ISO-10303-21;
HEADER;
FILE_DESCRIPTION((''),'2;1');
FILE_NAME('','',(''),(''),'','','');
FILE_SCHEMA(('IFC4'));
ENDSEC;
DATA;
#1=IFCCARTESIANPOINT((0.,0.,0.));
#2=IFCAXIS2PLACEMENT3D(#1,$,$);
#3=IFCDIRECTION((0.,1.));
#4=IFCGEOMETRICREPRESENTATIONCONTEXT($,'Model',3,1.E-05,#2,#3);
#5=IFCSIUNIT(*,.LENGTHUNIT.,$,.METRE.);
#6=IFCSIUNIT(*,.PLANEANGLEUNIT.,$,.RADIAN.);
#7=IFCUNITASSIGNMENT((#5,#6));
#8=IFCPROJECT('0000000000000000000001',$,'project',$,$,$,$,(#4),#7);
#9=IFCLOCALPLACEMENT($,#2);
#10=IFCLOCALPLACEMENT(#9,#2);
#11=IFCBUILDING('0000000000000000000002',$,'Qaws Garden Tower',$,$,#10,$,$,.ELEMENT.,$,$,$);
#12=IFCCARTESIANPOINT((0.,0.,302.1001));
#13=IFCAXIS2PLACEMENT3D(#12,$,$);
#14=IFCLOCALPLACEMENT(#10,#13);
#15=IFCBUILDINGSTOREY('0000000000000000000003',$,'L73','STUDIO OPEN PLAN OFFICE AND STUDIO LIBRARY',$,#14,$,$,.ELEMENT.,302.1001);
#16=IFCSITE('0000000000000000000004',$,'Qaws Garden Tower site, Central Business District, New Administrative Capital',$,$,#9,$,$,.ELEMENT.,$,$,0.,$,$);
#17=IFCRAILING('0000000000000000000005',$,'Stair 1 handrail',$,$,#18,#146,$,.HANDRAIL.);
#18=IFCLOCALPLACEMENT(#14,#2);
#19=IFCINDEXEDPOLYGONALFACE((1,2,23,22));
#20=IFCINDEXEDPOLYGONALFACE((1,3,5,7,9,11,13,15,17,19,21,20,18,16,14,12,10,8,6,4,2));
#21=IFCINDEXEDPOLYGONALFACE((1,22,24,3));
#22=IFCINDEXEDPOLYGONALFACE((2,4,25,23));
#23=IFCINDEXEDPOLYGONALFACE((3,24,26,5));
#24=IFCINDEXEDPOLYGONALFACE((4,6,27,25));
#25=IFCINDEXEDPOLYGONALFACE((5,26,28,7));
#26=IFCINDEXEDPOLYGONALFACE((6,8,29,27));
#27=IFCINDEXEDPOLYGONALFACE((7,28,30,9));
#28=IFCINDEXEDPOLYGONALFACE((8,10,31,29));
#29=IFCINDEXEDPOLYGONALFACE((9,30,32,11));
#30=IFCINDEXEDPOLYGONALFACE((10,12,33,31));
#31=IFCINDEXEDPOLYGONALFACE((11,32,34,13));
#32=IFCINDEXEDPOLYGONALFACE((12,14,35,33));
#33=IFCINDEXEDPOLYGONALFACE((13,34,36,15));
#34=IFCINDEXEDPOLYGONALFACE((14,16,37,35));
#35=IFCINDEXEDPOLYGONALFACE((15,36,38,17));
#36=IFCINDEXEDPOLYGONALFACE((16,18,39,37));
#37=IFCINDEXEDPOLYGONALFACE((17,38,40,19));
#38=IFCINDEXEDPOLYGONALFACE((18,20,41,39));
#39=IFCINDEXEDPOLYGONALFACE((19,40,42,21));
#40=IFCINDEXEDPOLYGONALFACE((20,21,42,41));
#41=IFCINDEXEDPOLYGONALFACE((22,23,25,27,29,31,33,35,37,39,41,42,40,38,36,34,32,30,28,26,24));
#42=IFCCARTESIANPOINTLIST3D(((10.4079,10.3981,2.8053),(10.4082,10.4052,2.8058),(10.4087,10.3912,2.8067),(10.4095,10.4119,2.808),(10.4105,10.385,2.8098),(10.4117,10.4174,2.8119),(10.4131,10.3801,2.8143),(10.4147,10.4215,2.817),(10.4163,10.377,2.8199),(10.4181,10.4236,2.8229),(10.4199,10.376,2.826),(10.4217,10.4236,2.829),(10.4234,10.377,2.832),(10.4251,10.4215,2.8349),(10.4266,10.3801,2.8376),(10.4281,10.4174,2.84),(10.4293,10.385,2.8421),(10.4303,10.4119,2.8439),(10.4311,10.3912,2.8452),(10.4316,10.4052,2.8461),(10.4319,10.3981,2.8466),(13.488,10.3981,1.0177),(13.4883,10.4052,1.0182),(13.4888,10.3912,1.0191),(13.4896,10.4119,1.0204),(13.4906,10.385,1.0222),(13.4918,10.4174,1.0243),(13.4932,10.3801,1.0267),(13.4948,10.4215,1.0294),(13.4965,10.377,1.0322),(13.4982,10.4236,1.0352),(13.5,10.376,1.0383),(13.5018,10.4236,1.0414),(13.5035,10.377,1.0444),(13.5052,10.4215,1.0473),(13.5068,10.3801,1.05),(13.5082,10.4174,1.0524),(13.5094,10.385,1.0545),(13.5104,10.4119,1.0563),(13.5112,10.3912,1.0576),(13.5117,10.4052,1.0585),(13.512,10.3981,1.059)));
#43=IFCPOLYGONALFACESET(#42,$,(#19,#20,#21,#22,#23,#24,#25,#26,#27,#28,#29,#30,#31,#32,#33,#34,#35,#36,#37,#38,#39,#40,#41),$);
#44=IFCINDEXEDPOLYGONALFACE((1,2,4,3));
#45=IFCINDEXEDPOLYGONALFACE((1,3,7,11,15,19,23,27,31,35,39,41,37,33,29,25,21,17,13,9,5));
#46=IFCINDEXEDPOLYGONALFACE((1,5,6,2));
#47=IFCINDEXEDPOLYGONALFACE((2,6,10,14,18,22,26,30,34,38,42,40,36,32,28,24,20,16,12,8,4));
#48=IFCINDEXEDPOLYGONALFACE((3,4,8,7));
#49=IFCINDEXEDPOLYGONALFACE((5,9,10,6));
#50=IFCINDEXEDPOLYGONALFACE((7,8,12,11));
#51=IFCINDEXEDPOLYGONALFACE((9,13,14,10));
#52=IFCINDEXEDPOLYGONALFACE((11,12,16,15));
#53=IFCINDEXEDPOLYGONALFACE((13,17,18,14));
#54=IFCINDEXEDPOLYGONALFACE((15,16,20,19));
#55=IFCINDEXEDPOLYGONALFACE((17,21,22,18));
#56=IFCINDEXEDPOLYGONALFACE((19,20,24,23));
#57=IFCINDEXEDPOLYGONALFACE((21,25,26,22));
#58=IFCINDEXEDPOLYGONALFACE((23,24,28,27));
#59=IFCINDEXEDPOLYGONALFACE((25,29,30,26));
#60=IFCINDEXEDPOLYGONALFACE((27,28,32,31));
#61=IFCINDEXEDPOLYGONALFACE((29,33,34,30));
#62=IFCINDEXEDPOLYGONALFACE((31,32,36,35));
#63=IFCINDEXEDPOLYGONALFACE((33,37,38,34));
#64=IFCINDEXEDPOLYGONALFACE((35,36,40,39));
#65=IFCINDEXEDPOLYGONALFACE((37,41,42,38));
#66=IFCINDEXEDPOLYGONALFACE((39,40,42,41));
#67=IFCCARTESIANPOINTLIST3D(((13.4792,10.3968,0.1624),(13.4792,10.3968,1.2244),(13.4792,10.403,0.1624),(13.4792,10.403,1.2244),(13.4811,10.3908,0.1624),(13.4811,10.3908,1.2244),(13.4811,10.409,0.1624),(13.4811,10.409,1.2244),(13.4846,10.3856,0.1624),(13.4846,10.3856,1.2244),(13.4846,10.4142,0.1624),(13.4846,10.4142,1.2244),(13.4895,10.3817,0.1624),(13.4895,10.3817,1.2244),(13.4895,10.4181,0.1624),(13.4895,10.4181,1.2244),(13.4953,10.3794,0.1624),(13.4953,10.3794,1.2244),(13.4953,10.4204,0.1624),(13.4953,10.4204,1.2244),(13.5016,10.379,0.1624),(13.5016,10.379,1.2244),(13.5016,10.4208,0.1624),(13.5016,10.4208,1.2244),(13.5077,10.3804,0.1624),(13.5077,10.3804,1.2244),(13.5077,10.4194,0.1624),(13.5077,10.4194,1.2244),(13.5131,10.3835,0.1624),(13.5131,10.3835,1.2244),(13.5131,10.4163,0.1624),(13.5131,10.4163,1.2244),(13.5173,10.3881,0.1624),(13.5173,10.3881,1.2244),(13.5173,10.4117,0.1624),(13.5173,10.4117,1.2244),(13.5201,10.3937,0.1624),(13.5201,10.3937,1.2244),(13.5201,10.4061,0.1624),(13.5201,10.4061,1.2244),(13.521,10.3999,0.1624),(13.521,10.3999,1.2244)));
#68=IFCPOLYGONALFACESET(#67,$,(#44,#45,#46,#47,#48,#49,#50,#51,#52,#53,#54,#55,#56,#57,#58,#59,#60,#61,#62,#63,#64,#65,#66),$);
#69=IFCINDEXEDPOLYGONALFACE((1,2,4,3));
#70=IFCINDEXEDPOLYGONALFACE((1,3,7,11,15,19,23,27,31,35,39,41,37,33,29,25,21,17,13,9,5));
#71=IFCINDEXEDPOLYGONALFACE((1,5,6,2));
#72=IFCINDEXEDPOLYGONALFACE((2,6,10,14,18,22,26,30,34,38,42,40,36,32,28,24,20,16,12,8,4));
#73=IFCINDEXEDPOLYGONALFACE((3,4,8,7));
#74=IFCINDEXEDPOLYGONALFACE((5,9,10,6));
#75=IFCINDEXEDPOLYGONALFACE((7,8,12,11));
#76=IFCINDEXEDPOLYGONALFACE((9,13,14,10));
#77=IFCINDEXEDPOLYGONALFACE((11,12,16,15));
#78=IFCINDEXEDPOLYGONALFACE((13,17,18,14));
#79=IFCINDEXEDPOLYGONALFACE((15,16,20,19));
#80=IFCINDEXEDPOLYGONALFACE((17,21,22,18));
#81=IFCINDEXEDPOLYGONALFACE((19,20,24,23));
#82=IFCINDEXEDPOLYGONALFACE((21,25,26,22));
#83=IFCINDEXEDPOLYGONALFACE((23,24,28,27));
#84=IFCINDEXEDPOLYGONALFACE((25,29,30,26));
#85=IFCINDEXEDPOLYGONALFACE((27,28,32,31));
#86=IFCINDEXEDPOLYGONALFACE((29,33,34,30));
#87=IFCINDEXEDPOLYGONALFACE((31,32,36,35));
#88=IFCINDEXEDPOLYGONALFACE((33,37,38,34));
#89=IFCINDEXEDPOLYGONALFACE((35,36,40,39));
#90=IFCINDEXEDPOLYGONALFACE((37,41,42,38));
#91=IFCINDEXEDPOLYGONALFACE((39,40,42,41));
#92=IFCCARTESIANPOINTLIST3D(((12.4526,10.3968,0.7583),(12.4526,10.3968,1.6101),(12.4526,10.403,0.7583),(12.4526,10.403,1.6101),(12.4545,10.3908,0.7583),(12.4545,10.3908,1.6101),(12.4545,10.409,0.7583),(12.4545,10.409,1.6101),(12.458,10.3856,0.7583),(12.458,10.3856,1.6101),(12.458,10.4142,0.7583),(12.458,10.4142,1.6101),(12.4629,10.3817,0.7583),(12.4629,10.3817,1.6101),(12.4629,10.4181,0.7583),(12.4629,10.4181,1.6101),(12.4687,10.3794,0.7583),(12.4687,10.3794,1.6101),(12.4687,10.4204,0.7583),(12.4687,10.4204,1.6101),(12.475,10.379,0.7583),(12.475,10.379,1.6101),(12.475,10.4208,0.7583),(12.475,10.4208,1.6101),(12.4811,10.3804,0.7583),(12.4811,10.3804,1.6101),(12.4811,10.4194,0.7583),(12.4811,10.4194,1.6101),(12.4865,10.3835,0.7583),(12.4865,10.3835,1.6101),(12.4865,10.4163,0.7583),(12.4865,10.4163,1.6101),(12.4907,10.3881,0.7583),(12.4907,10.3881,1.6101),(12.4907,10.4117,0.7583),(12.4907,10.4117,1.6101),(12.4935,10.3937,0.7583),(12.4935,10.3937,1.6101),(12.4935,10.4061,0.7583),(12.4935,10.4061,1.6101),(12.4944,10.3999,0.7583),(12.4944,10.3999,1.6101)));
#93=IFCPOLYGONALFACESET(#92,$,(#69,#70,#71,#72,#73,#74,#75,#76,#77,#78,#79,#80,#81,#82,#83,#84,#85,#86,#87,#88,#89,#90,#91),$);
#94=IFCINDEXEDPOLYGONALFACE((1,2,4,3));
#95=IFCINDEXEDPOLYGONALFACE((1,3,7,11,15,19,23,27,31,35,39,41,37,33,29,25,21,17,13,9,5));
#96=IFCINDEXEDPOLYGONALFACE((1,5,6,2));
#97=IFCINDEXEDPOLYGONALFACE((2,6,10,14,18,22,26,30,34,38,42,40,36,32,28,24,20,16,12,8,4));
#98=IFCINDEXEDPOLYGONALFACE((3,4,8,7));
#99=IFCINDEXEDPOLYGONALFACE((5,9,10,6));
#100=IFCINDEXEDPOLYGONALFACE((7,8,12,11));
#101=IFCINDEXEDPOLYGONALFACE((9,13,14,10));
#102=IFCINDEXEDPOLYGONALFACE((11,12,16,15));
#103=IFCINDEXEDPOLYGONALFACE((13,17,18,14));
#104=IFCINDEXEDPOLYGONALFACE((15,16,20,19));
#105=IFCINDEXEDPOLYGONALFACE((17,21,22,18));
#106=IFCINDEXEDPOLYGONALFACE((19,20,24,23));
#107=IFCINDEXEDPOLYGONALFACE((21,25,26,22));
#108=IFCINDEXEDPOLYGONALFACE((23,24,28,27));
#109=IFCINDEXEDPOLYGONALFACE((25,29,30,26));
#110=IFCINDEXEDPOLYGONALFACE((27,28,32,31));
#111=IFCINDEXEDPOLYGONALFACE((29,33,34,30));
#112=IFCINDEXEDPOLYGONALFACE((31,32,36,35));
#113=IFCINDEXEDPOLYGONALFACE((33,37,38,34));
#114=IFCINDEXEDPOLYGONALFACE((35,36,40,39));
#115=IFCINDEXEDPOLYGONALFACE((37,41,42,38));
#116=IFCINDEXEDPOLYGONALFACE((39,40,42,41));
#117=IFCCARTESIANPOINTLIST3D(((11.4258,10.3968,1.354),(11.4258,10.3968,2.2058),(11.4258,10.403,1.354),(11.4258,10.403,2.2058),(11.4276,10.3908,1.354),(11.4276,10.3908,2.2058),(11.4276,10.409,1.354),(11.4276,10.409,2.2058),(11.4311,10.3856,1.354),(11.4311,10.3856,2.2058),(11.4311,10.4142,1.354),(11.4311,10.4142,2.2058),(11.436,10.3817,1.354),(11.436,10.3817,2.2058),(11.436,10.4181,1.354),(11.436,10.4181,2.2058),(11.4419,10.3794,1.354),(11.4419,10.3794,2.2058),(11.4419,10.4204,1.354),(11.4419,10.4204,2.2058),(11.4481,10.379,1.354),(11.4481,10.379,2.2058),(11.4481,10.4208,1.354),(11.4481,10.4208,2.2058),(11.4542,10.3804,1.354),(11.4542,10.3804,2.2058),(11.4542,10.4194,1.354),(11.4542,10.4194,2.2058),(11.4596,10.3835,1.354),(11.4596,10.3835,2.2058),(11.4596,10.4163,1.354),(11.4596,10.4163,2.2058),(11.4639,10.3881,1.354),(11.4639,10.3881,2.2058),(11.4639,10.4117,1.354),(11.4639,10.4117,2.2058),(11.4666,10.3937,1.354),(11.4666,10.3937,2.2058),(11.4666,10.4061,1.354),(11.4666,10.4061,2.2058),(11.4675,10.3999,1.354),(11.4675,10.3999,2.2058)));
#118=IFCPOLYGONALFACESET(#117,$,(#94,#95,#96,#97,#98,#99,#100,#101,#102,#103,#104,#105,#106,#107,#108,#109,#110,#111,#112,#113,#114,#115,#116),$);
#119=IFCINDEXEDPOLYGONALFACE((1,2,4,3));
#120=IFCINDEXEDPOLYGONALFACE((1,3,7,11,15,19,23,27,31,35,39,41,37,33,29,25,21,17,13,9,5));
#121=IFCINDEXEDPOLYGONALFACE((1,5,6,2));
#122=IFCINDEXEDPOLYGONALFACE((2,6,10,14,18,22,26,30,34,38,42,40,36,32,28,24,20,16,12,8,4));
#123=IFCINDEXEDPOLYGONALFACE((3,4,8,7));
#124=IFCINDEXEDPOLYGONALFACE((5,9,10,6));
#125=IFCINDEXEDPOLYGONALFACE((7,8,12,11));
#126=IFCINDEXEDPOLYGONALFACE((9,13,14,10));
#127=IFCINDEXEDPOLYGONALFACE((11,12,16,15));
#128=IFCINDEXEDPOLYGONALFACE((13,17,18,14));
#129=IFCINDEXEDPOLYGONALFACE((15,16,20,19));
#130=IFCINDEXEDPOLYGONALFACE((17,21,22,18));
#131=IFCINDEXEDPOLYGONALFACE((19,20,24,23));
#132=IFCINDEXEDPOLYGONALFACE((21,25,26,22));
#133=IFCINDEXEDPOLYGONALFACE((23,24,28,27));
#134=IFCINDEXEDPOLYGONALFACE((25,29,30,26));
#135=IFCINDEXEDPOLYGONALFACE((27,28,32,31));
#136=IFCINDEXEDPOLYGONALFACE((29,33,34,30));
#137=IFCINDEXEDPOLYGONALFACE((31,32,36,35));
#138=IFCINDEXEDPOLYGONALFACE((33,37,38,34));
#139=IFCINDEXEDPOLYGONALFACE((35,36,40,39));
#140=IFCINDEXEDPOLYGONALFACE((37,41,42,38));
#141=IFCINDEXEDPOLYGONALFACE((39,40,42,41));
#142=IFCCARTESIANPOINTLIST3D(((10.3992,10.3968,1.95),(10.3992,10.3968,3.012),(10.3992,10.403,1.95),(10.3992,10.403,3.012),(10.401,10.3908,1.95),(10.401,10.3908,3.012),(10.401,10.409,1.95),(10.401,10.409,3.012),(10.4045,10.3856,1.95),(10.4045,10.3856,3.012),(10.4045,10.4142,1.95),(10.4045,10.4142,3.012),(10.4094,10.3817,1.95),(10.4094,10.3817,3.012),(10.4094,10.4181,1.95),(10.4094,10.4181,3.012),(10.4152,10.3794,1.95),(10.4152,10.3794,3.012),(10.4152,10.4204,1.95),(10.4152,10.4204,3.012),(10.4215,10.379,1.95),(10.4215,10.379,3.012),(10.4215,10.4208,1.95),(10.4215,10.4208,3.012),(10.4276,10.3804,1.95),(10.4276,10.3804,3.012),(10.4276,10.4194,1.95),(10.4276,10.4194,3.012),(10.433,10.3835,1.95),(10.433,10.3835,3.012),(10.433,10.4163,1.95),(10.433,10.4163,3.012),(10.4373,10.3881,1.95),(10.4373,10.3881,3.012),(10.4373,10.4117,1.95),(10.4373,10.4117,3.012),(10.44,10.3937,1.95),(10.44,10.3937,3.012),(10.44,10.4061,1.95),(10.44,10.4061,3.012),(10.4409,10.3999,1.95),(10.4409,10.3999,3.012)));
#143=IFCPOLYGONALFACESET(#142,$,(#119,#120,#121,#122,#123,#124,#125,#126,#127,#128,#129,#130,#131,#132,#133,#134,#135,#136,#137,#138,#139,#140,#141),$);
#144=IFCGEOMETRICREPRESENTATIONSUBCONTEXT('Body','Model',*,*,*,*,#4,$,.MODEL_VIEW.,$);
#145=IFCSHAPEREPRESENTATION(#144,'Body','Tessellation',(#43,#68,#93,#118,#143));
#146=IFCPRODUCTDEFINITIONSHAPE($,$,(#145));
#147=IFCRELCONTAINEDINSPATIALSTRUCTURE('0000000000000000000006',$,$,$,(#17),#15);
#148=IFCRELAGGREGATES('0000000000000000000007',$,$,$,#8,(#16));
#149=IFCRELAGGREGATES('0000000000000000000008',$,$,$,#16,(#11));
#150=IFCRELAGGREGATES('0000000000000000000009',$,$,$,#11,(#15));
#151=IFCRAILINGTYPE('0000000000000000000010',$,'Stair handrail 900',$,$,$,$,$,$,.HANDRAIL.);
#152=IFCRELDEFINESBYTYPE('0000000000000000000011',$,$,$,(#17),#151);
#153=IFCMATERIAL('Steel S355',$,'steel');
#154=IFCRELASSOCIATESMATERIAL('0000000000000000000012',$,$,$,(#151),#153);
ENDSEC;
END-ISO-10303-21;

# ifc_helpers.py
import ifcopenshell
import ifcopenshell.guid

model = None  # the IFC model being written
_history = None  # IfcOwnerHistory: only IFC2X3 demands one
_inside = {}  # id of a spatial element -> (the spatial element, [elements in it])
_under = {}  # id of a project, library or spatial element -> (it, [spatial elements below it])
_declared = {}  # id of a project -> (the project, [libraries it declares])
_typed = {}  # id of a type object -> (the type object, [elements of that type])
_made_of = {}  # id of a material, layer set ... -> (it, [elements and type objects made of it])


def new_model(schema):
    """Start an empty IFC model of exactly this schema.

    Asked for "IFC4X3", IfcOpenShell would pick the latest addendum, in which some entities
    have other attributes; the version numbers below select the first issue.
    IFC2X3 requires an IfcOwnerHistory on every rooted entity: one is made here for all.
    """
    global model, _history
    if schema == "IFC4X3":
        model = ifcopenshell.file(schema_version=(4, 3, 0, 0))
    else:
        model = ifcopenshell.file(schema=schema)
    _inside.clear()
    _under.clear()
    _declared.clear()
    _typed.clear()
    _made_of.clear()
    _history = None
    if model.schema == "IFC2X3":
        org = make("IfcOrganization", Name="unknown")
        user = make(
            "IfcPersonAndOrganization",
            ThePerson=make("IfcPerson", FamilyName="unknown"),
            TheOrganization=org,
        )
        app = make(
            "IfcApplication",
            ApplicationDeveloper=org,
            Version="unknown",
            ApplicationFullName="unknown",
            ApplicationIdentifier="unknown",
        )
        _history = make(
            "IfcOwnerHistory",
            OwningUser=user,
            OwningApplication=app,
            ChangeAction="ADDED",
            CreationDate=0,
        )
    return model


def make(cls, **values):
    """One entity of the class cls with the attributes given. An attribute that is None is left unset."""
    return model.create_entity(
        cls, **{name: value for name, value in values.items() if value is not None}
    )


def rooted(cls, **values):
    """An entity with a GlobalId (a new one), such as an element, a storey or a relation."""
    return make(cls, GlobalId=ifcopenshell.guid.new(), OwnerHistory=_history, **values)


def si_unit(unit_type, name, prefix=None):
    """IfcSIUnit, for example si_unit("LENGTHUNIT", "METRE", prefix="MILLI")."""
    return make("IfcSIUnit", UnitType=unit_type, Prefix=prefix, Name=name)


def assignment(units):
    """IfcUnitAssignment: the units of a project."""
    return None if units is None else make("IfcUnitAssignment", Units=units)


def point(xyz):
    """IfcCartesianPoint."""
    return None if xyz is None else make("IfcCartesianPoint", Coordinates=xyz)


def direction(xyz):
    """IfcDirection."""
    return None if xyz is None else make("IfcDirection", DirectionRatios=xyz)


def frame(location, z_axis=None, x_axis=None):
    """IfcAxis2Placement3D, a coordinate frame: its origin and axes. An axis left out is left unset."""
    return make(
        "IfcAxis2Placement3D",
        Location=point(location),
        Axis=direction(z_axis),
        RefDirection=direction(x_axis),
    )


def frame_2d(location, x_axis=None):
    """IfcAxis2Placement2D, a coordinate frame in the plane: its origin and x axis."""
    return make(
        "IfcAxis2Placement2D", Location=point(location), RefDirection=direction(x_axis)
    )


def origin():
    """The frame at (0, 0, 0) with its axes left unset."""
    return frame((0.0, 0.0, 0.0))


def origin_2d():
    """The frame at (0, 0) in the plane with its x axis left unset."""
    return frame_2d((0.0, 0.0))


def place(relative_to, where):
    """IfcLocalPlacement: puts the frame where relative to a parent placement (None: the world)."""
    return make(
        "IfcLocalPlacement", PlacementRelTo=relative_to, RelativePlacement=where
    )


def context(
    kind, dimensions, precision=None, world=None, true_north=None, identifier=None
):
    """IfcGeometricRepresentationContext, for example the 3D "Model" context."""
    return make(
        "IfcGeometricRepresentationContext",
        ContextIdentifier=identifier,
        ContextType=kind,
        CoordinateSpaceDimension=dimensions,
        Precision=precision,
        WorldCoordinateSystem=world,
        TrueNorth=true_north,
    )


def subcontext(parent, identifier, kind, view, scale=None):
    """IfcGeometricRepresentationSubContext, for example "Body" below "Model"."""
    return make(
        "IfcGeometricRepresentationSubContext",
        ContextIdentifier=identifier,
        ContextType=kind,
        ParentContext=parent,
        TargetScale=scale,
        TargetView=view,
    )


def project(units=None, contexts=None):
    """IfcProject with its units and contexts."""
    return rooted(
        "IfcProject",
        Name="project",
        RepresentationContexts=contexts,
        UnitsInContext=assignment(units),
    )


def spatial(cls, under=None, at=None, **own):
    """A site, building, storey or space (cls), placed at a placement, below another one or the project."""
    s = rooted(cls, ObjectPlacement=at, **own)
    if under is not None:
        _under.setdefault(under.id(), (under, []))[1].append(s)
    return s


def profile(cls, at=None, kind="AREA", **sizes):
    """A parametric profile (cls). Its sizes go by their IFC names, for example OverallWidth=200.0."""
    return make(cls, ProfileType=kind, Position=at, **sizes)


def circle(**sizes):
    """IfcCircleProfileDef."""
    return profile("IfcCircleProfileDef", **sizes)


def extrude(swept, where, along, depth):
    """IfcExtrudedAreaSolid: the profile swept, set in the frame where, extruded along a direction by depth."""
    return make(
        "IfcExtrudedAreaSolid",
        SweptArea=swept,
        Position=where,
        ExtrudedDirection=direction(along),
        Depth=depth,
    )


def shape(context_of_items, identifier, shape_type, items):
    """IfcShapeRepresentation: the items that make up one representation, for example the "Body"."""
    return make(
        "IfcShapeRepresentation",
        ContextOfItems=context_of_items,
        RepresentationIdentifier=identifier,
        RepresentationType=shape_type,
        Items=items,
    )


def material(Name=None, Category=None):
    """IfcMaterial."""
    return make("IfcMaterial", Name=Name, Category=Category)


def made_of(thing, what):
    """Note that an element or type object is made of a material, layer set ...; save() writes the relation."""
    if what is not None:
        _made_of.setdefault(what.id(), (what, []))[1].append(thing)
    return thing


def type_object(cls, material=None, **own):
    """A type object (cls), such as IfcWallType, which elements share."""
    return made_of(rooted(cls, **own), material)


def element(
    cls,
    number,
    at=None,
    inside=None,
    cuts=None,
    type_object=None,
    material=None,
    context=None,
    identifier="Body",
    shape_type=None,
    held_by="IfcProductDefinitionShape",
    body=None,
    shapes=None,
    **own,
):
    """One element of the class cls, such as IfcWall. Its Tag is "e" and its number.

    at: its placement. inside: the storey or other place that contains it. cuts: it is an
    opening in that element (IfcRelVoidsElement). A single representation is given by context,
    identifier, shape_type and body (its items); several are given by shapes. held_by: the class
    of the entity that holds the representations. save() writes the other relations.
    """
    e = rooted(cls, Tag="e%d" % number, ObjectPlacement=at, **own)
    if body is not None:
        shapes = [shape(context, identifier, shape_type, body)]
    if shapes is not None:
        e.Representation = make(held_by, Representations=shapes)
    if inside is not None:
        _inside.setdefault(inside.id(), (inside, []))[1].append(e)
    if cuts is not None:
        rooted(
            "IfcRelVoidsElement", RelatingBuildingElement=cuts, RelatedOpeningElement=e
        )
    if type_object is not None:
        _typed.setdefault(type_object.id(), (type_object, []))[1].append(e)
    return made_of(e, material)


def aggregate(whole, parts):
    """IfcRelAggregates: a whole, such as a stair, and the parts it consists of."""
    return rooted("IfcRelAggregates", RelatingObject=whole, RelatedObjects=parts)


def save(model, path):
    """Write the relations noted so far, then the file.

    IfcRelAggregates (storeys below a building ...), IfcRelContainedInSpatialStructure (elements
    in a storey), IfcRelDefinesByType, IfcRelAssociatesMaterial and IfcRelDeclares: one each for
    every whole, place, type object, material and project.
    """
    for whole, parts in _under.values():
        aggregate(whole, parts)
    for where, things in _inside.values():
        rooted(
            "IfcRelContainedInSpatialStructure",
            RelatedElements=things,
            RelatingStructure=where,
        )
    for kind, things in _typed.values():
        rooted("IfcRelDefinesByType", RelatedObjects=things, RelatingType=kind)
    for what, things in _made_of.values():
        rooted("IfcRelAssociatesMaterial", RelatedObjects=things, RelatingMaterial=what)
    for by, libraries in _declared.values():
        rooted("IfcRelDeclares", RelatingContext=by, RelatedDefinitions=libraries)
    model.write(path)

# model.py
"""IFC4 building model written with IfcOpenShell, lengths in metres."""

from ifc_helpers import new_model, si_unit, direction, frame, origin, origin_2d, place, context, subcontext, project, spatial, circle, extrude, material, type_object, element, save


model = new_model("IFC4")

# Units and contexts
model_context = context("Model", 3, precision=1e-05, world=origin(), true_north=direction((0.0, 1.0)))
body_context = subcontext(model_context, "Body", "Model", "MODEL_VIEW")
ifc_project = project(units=[si_unit("LENGTHUNIT", "METRE"), si_unit("PLANEANGLEUNIT", "RADIAN")], contexts=[model_context])

# Site, building, storey
site_placement = place(None, origin())
site = spatial("IfcSite", under=ifc_project, at=site_placement, Name="Qaws Garden Tower site, Central Business District, New Administrative Capital", CompositionType="ELEMENT", RefElevation=0.0)
building_placement = place(site_placement, origin())
building = spatial("IfcBuilding", under=site, at=building_placement, Name="Qaws Garden Tower", CompositionType="ELEMENT")
storey_placement = place(building_placement, frame((0.0, 0.0, 302.1001)))
storey = spatial("IfcBuildingStorey", under=building, at=storey_placement, Name="L73", Description="STUDIO OPEN PLAN OFFICE AND STUDIO LIBRARY", CompositionType="ELEMENT", Elevation=302.1001)

# Railing
ifc_material_1 = material(Name="Steel S355", Category="steel")
railing_type = type_object("IfcRailingType", Name="Stair handrail 900", PredefinedType="HANDRAIL", material=ifc_material_1)
railing_placement = place(storey_placement, frame((13.5, 10.3999, 0.1624)))
element("IfcRailing", 1, at=railing_placement, inside=storey, type_object=railing_type, Name="Stair 1 handrail", PredefinedType="HANDRAIL", context=body_context, shape_type="SweptSolid", body=[
    extrude(circle(Radius=0.0239, at=origin_2d()), frame((0.0, 0.0, 0.876), z_axis=(-0.864891, 0.0, 0.50196), x_axis=(0.0, -1.0, 0.0)), (0.0, 0.0, 1.0), 3.5613),
    extrude(circle(Radius=0.021, at=origin_2d()), origin(), (0.0, 0.0, 1.0), 1.062),
    extrude(circle(Radius=0.021, at=origin_2d()), frame((-1.0266, 0.0, 0.5959)), (0.0, 0.0, 1.0), 0.8518),
    extrude(circle(Radius=0.021, at=origin_2d()), frame((-2.0535, 0.0, 1.1917)), (0.0, 0.0, 1.0), 0.8518),
    extrude(circle(Radius=0.021, at=origin_2d()), frame((-3.0801, 0.0, 1.7876)), (0.0, 0.0, 1.0), 1.062),
])

save(model, "model.ifc")
